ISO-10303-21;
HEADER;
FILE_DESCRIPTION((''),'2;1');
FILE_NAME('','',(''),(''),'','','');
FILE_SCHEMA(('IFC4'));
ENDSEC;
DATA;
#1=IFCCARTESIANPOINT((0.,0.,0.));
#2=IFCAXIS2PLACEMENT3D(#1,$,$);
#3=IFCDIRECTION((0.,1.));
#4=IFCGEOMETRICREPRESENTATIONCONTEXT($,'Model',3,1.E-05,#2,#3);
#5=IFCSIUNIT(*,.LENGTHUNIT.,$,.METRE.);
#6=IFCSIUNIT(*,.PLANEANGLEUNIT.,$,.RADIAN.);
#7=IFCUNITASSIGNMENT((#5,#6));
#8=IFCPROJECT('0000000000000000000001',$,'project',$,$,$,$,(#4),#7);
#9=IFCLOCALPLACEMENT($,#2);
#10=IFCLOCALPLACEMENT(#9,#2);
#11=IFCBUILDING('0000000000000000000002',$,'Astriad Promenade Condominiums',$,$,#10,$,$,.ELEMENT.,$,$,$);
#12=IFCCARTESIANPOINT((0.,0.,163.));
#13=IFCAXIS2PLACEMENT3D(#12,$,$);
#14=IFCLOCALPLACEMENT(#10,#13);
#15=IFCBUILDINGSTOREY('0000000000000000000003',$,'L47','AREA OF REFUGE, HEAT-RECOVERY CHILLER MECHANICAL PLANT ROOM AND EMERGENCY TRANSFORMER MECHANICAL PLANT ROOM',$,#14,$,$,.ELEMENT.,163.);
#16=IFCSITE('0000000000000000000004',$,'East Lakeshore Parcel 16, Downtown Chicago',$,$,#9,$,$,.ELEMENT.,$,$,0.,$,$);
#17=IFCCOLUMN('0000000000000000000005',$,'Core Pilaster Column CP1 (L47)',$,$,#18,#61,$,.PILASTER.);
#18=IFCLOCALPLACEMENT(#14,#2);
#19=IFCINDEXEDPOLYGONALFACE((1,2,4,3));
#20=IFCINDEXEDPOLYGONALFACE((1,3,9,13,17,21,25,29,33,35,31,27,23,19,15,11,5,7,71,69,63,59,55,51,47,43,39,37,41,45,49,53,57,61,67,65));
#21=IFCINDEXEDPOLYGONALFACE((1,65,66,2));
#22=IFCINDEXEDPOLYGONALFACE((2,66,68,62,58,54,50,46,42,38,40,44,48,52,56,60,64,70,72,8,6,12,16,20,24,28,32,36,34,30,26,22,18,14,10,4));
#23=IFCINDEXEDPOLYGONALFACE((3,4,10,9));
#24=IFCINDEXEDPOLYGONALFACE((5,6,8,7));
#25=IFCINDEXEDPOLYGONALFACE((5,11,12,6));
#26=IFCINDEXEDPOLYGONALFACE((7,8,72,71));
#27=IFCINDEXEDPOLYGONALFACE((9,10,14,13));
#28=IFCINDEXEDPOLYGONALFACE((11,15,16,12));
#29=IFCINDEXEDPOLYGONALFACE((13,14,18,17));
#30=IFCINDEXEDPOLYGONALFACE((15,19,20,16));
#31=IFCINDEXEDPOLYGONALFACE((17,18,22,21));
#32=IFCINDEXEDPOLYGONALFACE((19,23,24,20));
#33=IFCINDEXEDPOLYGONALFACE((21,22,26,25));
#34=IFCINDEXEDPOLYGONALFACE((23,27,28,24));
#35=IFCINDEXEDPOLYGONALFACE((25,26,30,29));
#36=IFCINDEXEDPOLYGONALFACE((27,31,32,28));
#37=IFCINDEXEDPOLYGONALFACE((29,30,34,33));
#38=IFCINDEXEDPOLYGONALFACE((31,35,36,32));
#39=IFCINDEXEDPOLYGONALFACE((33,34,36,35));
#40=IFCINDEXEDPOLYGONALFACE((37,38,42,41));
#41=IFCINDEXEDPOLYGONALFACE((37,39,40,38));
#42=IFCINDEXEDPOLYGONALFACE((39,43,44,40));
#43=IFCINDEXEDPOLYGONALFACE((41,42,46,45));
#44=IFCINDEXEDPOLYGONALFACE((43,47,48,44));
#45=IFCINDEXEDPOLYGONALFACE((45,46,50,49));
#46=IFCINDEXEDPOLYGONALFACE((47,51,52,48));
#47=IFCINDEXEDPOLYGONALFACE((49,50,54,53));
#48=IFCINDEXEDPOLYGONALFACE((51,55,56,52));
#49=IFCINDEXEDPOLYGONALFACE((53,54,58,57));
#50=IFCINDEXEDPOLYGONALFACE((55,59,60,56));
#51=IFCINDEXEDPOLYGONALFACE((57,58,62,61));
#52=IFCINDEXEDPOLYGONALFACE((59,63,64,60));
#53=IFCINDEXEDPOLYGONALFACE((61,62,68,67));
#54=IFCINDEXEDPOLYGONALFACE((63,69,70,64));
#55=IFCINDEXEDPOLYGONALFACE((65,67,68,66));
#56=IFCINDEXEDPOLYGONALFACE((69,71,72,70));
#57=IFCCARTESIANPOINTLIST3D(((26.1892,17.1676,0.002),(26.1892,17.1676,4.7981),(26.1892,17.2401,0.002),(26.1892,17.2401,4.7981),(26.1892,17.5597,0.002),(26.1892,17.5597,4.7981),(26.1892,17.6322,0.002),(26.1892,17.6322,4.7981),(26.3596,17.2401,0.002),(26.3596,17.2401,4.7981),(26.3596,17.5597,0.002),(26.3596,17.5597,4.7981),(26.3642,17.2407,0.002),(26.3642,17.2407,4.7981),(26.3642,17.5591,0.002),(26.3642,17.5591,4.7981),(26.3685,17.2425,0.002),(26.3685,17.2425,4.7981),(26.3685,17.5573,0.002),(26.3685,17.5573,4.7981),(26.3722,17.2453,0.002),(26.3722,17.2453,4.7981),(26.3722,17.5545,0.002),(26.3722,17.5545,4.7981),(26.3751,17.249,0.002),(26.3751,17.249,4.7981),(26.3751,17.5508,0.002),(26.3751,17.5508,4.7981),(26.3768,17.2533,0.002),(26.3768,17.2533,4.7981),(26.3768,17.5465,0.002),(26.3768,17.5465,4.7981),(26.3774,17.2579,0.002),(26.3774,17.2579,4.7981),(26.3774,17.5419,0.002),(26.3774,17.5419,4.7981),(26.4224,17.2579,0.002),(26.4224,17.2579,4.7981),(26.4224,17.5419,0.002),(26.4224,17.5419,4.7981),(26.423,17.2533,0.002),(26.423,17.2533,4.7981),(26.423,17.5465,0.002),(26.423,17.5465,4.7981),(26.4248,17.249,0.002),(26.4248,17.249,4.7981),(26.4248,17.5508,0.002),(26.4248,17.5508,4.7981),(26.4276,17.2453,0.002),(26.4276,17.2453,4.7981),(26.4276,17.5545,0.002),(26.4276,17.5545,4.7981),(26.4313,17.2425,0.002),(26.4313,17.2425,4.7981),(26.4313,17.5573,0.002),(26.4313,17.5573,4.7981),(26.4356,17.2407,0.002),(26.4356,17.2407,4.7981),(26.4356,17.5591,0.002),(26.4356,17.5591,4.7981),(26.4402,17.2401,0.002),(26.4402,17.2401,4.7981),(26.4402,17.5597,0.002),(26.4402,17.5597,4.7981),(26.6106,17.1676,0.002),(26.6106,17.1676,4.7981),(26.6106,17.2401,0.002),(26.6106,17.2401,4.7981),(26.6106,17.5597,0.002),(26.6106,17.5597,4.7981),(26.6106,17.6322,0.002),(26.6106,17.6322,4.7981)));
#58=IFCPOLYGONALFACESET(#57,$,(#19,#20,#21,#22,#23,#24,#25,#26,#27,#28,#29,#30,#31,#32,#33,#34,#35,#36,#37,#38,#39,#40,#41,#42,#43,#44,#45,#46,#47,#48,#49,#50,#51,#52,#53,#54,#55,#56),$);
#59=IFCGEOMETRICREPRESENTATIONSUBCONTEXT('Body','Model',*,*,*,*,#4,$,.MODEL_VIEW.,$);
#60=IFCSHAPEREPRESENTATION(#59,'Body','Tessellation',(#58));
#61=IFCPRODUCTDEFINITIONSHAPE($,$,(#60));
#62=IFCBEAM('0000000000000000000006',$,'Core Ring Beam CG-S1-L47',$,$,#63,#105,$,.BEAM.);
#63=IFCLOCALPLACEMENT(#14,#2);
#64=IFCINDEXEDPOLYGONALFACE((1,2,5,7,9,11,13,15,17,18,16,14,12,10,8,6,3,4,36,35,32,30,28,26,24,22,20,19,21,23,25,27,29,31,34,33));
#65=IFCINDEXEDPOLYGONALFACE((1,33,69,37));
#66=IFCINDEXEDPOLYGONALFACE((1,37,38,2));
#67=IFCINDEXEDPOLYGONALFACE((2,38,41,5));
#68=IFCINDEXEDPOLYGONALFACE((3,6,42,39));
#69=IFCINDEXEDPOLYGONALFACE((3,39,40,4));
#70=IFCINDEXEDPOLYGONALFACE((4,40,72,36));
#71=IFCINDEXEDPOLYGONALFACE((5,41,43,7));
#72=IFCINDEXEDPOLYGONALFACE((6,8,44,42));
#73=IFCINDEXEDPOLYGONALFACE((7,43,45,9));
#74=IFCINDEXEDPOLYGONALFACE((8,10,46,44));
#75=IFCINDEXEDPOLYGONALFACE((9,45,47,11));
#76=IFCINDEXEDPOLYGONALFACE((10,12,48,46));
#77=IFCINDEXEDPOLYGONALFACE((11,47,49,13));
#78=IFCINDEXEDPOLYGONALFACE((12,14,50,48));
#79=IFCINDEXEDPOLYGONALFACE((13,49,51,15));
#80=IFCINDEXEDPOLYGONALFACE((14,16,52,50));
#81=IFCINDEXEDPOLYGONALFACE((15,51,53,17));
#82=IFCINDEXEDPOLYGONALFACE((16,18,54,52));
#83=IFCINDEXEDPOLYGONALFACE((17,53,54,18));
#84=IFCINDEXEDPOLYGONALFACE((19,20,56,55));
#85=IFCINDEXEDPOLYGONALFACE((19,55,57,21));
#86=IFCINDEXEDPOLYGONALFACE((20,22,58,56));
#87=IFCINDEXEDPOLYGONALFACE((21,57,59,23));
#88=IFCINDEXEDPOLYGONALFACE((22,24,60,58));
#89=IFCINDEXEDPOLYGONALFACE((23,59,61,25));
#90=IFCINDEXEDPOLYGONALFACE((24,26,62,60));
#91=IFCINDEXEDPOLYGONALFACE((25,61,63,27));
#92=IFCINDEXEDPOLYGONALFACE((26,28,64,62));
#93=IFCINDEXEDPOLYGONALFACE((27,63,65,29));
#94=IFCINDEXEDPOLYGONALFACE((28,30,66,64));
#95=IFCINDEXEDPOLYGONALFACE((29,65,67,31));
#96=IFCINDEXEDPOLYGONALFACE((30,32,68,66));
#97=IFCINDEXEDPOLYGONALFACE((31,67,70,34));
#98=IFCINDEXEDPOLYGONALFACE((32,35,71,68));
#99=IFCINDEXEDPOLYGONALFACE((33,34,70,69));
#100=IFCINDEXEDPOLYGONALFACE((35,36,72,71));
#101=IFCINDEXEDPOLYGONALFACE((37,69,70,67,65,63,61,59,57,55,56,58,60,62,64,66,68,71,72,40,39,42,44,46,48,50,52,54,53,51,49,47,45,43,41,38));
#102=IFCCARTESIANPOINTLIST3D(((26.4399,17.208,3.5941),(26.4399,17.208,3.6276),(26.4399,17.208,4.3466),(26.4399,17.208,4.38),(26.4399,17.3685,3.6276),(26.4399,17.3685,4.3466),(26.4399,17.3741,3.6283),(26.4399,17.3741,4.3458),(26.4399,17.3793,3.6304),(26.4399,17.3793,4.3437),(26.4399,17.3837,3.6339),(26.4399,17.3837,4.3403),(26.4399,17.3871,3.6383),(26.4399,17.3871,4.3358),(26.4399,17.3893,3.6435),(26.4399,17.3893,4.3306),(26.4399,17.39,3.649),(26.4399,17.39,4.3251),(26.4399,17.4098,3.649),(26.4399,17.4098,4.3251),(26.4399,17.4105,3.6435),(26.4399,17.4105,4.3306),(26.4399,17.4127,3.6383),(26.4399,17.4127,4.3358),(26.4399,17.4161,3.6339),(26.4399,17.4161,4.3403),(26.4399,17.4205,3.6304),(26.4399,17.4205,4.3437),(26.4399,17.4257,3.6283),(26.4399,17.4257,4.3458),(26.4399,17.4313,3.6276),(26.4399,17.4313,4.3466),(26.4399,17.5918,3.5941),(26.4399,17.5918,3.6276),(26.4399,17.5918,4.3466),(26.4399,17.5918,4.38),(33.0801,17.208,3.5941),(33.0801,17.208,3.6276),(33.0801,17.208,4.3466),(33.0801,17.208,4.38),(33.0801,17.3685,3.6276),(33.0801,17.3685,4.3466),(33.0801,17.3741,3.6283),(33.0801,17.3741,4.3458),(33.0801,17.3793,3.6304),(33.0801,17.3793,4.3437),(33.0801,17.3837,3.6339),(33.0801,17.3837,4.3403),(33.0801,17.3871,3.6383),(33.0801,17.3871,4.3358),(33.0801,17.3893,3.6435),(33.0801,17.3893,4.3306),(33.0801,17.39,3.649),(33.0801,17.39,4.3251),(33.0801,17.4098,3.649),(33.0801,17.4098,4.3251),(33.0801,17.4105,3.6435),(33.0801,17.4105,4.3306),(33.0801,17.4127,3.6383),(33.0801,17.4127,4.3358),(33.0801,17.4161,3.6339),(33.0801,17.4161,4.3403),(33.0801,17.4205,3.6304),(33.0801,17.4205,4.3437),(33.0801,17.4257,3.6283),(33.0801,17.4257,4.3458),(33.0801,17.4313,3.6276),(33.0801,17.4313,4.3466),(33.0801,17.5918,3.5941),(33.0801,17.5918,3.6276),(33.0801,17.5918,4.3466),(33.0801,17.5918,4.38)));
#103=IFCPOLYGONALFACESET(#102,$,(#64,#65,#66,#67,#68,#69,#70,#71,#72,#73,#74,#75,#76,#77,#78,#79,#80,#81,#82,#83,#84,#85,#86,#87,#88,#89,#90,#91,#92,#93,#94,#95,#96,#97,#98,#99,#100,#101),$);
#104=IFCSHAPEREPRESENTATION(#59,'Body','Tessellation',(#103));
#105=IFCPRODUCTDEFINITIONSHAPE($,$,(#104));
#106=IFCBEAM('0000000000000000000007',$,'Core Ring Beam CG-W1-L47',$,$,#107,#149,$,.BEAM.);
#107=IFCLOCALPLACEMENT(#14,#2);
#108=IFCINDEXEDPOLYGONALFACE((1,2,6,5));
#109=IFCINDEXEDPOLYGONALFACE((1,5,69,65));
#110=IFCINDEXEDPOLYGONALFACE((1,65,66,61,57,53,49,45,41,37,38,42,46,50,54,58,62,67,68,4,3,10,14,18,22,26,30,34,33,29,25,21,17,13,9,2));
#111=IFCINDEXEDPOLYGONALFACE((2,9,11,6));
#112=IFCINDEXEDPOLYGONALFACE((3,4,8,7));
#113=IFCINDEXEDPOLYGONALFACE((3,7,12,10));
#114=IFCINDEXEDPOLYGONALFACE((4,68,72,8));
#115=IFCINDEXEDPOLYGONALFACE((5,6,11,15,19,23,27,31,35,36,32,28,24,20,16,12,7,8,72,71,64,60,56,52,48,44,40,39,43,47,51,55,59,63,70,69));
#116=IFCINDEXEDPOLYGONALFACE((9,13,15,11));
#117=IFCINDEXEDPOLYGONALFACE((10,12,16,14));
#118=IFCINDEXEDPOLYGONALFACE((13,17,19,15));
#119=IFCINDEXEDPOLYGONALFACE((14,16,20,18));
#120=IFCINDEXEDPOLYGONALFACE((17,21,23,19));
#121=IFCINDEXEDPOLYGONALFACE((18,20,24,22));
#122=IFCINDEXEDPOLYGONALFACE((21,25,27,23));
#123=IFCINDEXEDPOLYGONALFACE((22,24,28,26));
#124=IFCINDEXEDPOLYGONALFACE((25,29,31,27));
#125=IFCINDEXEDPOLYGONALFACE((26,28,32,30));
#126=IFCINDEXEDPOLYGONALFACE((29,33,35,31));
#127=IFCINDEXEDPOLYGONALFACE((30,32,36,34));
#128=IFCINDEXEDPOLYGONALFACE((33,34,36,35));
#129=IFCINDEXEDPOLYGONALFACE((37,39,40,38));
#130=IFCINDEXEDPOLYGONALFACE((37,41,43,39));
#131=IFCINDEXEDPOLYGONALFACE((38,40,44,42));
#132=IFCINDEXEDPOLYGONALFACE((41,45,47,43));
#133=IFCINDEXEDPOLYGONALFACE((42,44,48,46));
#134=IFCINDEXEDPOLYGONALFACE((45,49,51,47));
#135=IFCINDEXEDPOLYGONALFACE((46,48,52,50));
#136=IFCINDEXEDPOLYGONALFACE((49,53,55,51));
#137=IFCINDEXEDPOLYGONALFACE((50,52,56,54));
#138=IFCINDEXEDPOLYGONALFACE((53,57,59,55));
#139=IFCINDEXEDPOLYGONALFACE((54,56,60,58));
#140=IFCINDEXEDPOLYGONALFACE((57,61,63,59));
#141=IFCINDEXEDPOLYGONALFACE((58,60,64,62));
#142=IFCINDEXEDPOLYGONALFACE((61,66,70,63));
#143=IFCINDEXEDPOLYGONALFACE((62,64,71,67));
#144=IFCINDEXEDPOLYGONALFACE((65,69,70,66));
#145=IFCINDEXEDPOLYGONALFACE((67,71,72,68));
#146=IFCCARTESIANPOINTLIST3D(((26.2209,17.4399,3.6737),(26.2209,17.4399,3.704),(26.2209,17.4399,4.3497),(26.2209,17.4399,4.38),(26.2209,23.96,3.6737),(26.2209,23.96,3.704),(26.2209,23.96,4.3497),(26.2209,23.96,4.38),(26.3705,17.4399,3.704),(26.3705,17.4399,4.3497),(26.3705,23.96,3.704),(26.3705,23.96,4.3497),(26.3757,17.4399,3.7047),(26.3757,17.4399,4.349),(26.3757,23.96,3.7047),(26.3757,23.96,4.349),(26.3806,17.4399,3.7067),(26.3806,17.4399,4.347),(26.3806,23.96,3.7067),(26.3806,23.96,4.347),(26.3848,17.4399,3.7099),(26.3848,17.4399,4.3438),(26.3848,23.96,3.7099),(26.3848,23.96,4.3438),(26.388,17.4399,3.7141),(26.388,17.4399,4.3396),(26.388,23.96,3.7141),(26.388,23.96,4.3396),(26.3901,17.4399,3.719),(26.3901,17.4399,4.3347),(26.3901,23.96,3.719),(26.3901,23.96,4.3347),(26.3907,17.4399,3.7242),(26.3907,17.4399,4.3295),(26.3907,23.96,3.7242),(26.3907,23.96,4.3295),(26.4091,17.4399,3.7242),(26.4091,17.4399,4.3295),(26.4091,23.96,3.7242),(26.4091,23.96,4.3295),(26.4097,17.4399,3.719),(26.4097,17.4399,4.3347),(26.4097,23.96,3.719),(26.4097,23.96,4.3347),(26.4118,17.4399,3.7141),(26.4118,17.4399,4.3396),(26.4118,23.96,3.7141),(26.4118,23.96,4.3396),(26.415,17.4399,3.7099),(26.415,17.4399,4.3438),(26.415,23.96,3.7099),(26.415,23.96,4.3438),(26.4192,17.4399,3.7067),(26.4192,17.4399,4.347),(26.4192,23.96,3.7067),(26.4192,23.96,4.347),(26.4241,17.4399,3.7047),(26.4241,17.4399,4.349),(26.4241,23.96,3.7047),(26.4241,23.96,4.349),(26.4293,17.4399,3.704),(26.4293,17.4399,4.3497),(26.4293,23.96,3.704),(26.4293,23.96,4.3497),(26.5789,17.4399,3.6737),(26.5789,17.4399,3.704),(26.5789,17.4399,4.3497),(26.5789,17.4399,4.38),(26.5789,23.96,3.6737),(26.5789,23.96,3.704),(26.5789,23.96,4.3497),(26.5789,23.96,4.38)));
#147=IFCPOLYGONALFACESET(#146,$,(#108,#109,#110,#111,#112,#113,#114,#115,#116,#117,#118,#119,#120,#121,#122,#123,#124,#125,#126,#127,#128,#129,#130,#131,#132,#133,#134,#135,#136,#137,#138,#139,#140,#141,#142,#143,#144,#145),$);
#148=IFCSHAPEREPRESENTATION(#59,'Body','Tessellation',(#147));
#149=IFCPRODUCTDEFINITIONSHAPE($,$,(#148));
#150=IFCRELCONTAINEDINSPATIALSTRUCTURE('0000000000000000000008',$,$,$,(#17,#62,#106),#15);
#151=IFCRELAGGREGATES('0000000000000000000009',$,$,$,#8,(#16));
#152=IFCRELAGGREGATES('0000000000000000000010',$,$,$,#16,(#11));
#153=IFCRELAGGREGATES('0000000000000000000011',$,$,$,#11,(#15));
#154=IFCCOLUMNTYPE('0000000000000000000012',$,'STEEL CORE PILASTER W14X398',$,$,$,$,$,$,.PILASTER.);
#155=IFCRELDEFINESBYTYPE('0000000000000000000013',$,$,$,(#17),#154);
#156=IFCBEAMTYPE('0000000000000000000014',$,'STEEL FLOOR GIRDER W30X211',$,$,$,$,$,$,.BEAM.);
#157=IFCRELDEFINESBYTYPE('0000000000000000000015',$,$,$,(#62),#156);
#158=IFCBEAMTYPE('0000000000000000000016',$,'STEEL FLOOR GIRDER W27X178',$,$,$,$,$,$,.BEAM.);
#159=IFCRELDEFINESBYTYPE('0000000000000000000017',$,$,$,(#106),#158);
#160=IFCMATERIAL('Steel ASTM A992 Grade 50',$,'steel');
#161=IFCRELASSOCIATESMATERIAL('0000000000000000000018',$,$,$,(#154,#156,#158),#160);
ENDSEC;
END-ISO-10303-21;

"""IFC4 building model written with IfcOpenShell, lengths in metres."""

from ifc_helpers import new_model, si_unit, direction, frame, origin, origin_2d, place, context, subcontext, project, spatial, i_section, extrude, source, transform, mapped, material, material_profile, profile_set, type_object, type_shapes, element, save


model = new_model("IFC4")

# Units and contexts
model_context = context("Model", 3, precision=1e-05, world=origin(), true_north=direction((0.0, 1.0)))
body_context = subcontext(model_context, "Body", "Model", "MODEL_VIEW")
ifc_project = project(units=[si_unit("LENGTHUNIT", "METRE"), si_unit("PLANEANGLEUNIT", "RADIAN")], contexts=[model_context])

# Site, building, storey
site_placement = place(None, origin())
site = spatial("IfcSite", under=ifc_project, at=site_placement, Name="East Lakeshore Parcel 16, Downtown Chicago", CompositionType="ELEMENT", RefElevation=0.0)
building_placement = place(site_placement, origin())
building = spatial("IfcBuilding", under=site, at=building_placement, Name="Astriad Promenade Condominiums", CompositionType="ELEMENT")
storey_placement = place(building_placement, frame((0.0, 0.0, 163.0)))
storey = spatial("IfcBuildingStorey", under=building, at=storey_placement, Name="L47", Description="AREA OF REFUGE, HEAT-RECOVERY CHILLER MECHANICAL PLANT ROOM AND EMERGENCY TRANSFORMER MECHANICAL PLANT ROOM", CompositionType="ELEMENT", Elevation=163.0)

# Column
ifc_material_1 = material(Name="Steel ASTM A992 Grade 50", Category="steel")
ifc_material_profile_1 = material_profile(ifc_material_1, i_section(OverallWidth=0.4214, OverallDepth=0.4646, WebThickness=0.0449, FlangeThickness=0.0725, FilletRadius=0.0178, at=origin_2d()), Name="W14X398")
ifc_profile_set_1 = profile_set([ifc_material_profile_1], Name="Steel ASTM A992 Grade 50")
column_type = type_object("IfcColumnType", Name="STEEL CORE PILASTER W14X398", PredefinedType="PILASTER", material=ifc_profile_set_1)
shared_shape_1 = source(origin(), body_context, "Body", "SweptSolid", [
    extrude(i_section(OverallWidth=0.4214, OverallDepth=0.4646, WebThickness=0.0449, FlangeThickness=0.0725, FilletRadius=0.0178, at=origin_2d()), origin(), (0.0, 0.0, 1.0), 4.7961),
])
type_shapes(column_type, [shared_shape_1])
column_placement = place(storey_placement, frame((26.3999, 17.3999, 0.002), z_axis=(0.0, 0.0, 1.0), x_axis=(1.0, 0.0, 0.0)))
element("IfcColumn", 1, at=column_placement, inside=storey, type_object=column_type, Name="Core Pilaster Column CP1 (L47)", PredefinedType="PILASTER", context=body_context, shape_type="MappedRepresentation", body=[
    mapped(shared_shape_1, transform((0.0, 0.0, 0.0), scale=1.0)),
])

# Beams
ifc_material_profile_2 = material_profile(ifc_material_1, i_section(OverallWidth=0.3838, OverallDepth=0.7859, WebThickness=0.0198, FlangeThickness=0.0334, FilletRadius=0.0215, at=origin_2d()), Name="W30X211")
ifc_profile_set_2 = profile_set([ifc_material_profile_2], Name="Steel ASTM A992 Grade 50")
beam_type_1 = type_object("IfcBeamType", Name="STEEL FLOOR GIRDER W30X211", PredefinedType="BEAM", material=ifc_profile_set_2)
shared_shape_2 = source(origin(), body_context, "Body", "SweptSolid", [
    extrude(i_section(OverallWidth=0.3838, OverallDepth=0.7859, WebThickness=0.0198, FlangeThickness=0.0334, FilletRadius=0.0215, at=origin_2d()), origin(), (0.0, 0.0, 1.0), 6.6401),
])
type_shapes(beam_type_1, [shared_shape_2])
beam_1_placement = place(storey_placement, frame((26.4399, 17.3999, 3.9871), z_axis=(1.0, 0.0, 0.0), x_axis=(0.0, 1.0, 0.0)))
element("IfcBeam", 2, at=beam_1_placement, inside=storey, type_object=beam_type_1, Name="Core Ring Beam CG-S1-L47", PredefinedType="BEAM", context=body_context, shape_type="MappedRepresentation", body=[
    mapped(shared_shape_2, transform((0.0, 0.0, 0.0), scale=1.0)),
])
ifc_material_profile_3 = material_profile(ifc_material_1, i_section(OverallWidth=0.3579, OverallDepth=0.7063, WebThickness=0.0183, FlangeThickness=0.0303, FilletRadius=0.0203, at=origin_2d()), Name="W27X178")
ifc_profile_set_3 = profile_set([ifc_material_profile_3], Name="Steel ASTM A992 Grade 50")
beam_type_2 = type_object("IfcBeamType", Name="STEEL FLOOR GIRDER W27X178", PredefinedType="BEAM", material=ifc_profile_set_3)
shared_shape_3 = source(origin(), body_context, "Body", "SweptSolid", [
    extrude(i_section(OverallWidth=0.3579, OverallDepth=0.7063, WebThickness=0.0183, FlangeThickness=0.0303, FilletRadius=0.0203, at=origin_2d()), origin(), (0.0, 0.0, 1.0), 6.52),
])
beam_2_placement = place(storey_placement, frame((26.3999, 17.4399, 4.0269), z_axis=(0.0, 1.0, 0.0), x_axis=(-1.0, 0.0, 0.0)))
element("IfcBeam", 3, at=beam_2_placement, inside=storey, type_object=beam_type_2, Name="Core Ring Beam CG-W1-L47", PredefinedType="BEAM", context=body_context, shape_type="MappedRepresentation", body=[
    mapped(shared_shape_3, transform((0.0, 0.0, 0.0), scale=1.0)),
])

save(model, "model.ifc")
